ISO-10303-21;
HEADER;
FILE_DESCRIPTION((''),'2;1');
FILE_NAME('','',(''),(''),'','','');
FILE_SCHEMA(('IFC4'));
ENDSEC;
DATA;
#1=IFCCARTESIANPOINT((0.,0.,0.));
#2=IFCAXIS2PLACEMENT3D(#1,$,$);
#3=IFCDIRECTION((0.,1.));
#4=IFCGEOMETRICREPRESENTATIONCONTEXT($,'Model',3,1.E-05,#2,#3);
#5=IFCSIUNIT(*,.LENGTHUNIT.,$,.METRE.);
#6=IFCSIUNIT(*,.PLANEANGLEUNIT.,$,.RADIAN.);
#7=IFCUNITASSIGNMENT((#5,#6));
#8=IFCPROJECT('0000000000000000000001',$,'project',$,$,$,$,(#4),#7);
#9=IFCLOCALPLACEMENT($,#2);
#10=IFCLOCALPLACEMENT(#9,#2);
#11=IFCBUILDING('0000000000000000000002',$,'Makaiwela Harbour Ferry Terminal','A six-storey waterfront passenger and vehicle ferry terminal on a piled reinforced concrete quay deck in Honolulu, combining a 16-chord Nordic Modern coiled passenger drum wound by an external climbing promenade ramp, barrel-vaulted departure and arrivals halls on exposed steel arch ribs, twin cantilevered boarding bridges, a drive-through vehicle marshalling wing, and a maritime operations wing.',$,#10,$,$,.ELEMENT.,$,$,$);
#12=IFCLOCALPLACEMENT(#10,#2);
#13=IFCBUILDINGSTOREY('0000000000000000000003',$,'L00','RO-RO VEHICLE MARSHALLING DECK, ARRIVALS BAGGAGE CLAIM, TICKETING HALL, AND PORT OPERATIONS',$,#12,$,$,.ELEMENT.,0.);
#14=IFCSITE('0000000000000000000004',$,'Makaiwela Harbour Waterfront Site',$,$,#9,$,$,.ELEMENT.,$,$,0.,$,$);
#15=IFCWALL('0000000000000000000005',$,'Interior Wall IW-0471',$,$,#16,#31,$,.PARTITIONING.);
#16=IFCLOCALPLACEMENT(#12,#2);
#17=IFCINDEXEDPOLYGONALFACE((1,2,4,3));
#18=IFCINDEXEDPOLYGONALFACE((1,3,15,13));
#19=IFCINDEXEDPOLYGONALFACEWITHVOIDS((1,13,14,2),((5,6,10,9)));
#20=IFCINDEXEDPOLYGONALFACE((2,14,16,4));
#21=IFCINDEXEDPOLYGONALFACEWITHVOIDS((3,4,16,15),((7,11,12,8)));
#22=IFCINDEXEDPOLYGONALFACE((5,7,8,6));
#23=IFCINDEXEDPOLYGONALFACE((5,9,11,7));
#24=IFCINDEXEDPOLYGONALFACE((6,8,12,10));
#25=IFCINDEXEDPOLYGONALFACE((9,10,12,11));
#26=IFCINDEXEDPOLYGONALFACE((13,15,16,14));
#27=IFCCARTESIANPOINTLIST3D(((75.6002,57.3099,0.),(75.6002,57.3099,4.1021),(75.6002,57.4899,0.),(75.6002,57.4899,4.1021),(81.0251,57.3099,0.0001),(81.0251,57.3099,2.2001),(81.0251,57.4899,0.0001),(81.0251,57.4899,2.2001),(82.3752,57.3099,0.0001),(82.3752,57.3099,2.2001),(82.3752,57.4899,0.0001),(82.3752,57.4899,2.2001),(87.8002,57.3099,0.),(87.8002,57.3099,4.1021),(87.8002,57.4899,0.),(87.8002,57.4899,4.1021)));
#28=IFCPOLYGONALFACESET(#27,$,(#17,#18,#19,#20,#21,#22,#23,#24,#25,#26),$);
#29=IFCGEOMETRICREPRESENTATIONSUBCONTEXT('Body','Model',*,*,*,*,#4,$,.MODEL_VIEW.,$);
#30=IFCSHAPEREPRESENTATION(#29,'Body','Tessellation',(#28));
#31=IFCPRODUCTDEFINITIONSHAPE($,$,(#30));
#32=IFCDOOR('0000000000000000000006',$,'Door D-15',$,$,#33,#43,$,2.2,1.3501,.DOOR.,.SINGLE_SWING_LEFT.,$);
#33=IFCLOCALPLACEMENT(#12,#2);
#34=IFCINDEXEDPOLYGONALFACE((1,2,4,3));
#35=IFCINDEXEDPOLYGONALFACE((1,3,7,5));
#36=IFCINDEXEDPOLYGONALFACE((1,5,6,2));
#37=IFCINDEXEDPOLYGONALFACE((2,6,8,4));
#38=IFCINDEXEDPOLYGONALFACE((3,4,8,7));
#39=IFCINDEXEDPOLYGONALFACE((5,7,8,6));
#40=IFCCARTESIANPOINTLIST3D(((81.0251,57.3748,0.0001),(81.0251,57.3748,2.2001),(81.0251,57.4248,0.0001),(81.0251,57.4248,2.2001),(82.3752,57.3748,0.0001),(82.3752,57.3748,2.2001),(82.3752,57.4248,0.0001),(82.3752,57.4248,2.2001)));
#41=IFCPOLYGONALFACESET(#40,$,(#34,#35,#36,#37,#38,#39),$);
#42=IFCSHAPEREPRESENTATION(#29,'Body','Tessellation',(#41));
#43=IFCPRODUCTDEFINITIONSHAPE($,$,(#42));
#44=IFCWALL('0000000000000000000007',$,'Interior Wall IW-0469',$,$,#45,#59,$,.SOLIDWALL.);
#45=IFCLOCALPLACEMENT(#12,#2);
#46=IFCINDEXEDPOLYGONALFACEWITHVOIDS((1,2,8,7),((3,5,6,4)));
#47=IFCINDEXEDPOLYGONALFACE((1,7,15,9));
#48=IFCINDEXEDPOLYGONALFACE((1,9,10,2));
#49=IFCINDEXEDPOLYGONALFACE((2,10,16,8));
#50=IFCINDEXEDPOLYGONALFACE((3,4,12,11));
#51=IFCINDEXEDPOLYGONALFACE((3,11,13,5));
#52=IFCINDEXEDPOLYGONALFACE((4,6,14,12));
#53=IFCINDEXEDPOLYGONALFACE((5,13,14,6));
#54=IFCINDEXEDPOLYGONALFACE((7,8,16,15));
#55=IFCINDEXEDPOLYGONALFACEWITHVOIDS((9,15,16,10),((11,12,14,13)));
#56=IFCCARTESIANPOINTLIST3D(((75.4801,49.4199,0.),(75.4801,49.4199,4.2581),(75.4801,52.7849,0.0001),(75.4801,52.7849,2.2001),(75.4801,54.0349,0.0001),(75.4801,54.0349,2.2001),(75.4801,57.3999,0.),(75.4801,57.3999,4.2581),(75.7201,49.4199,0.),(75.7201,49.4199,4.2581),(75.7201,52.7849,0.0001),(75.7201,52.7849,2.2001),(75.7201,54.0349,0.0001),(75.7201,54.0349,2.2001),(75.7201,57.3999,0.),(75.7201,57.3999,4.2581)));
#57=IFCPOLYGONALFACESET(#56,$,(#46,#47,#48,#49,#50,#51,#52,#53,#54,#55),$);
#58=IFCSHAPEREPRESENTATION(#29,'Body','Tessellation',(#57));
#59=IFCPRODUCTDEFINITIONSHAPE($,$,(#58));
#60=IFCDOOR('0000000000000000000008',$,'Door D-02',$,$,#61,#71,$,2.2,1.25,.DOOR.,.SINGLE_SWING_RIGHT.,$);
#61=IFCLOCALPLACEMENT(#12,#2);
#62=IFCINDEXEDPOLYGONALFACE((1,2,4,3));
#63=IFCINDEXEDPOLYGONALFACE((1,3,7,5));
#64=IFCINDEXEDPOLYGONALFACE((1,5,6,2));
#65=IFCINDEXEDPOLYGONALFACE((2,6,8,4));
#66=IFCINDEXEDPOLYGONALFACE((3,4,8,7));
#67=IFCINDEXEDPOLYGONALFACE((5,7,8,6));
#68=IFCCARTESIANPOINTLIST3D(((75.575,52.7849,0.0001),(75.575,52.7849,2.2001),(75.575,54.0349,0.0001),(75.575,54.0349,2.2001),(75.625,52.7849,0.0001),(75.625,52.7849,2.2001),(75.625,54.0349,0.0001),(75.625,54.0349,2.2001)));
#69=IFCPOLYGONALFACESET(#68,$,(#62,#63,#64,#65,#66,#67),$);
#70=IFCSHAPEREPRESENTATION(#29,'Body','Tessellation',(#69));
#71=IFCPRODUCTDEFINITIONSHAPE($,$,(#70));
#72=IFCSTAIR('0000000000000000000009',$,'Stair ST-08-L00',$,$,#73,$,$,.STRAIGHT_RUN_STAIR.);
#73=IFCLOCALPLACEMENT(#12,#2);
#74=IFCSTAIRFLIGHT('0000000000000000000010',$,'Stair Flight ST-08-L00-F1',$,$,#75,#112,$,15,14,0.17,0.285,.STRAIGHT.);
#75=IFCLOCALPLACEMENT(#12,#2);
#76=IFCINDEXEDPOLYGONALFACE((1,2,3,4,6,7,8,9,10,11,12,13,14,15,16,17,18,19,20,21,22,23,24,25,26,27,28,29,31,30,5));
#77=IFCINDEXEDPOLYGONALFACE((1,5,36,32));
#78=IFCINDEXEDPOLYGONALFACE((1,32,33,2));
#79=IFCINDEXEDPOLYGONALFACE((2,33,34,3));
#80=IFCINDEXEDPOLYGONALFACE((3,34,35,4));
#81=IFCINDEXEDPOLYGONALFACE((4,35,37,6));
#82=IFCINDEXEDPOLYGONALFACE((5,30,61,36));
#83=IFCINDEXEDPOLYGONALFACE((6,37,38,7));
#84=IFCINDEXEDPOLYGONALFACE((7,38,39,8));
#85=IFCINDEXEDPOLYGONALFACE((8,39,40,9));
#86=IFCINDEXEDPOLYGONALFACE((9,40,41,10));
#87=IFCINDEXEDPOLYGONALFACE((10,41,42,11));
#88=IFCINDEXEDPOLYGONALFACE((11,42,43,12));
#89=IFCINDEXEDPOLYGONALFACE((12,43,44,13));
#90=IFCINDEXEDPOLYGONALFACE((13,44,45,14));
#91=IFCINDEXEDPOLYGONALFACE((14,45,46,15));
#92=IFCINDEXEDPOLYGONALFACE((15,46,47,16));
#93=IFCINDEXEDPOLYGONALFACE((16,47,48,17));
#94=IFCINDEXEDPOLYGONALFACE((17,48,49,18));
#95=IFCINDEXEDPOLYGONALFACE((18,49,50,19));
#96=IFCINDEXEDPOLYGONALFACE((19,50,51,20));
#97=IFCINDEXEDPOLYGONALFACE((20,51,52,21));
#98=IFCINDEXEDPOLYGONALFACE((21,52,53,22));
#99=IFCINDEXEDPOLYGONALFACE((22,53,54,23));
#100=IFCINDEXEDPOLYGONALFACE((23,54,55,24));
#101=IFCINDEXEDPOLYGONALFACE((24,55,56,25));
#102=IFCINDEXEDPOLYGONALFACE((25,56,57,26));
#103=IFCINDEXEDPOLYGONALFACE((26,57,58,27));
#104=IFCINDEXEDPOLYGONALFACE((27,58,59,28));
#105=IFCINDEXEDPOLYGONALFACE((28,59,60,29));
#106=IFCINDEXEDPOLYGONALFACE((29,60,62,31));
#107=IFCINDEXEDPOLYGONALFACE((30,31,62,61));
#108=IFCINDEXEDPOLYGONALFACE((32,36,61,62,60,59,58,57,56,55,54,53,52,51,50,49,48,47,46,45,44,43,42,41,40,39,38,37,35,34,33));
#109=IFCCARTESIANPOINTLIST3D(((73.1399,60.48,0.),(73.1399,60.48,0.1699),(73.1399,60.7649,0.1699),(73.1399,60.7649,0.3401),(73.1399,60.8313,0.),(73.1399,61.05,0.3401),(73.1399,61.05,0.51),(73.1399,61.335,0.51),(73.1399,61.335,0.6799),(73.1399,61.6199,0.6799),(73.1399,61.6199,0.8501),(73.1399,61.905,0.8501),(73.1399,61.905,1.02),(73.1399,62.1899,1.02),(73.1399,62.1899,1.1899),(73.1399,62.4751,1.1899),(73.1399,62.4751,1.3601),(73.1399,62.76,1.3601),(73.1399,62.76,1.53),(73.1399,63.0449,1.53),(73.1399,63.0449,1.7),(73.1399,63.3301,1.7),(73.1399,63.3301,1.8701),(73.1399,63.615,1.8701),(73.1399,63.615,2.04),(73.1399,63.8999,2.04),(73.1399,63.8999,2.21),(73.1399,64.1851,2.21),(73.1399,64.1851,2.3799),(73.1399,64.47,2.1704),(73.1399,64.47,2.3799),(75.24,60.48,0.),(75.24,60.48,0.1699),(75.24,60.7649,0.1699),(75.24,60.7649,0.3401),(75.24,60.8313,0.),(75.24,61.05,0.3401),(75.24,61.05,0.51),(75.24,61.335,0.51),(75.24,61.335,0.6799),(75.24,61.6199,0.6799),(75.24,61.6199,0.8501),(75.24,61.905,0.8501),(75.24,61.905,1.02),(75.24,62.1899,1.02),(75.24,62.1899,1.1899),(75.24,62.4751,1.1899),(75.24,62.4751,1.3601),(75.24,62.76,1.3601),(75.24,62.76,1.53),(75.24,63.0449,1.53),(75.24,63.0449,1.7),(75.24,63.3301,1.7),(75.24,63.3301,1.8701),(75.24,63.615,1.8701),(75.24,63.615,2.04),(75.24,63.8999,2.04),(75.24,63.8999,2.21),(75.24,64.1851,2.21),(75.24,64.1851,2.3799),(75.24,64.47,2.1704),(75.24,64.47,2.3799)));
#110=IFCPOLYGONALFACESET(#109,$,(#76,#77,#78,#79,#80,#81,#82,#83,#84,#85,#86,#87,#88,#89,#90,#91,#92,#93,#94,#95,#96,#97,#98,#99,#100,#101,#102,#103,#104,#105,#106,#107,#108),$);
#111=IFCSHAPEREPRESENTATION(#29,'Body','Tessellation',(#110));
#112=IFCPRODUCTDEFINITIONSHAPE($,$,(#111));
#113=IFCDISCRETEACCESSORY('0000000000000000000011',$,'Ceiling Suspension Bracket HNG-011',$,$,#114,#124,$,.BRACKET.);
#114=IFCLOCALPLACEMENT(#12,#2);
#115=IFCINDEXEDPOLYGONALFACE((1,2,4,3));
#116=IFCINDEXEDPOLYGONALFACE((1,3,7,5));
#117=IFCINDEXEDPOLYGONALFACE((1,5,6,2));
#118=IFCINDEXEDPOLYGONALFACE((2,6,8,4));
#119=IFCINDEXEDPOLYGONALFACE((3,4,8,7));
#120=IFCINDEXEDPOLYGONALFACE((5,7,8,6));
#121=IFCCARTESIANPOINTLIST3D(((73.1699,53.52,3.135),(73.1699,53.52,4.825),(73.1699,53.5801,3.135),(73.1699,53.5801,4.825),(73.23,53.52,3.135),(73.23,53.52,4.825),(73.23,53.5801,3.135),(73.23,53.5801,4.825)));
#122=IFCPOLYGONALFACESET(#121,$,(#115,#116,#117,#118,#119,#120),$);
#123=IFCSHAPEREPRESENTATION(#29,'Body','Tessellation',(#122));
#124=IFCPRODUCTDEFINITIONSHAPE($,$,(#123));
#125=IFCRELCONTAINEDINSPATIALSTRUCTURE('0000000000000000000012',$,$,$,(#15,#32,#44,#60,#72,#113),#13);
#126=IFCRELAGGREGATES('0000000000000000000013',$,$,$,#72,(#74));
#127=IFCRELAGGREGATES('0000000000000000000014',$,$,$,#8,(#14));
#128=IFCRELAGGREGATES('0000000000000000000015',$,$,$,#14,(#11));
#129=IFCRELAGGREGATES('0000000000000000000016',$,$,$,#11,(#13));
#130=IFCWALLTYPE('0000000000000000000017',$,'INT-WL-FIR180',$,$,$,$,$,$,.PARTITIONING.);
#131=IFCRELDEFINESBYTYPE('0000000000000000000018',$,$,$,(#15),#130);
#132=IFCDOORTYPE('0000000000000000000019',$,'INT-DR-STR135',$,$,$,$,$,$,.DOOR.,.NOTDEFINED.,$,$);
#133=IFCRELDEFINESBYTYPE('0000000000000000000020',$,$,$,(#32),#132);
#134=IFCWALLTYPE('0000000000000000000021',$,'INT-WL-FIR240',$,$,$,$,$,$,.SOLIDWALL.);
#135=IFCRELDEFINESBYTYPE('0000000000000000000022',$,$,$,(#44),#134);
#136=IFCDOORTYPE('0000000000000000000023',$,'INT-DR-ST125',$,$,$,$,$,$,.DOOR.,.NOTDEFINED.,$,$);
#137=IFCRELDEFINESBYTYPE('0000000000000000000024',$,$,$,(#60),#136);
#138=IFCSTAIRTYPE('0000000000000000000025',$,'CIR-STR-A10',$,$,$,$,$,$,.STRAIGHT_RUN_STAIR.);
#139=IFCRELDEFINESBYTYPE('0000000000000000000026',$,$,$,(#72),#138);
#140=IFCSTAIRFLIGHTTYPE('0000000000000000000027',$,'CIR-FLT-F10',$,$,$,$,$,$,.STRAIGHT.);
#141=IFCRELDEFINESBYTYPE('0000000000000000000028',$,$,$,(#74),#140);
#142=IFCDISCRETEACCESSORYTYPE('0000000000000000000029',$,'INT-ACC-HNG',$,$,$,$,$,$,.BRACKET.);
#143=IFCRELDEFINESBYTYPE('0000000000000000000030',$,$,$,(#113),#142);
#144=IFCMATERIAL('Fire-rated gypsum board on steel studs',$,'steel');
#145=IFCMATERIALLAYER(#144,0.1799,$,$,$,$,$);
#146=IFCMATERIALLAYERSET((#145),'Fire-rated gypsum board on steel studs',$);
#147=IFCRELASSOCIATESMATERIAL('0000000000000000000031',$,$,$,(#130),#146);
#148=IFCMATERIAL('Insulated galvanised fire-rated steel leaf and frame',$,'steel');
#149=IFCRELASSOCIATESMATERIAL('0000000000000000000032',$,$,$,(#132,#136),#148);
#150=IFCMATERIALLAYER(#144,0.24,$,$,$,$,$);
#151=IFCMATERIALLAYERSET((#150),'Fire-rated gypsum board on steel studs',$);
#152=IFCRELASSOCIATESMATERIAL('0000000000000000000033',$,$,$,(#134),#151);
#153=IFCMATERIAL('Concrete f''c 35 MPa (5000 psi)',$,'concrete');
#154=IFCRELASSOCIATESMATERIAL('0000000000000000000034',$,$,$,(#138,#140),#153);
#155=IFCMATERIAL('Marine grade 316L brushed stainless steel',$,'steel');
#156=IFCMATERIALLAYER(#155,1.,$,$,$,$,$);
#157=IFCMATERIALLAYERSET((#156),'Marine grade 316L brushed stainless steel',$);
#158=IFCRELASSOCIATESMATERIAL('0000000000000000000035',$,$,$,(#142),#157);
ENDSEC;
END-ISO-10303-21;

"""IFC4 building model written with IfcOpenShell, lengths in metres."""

from ifc_helpers import new_model, si_unit, direction, frame, frame_2d, origin, origin_2d, place, context, subcontext, project, spatial, polyline, rectangle, outline, extrude, material, layer, layer_set, type_object, element, fill, aggregate, save


model = new_model("IFC4")

# Units and contexts
model_context = context("Model", 3, precision=1e-05, world=origin(), true_north=direction((0.0, 1.0)))
body_context = subcontext(model_context, "Body", "Model", "MODEL_VIEW")
ifc_project = project(units=[si_unit("LENGTHUNIT", "METRE"), si_unit("PLANEANGLEUNIT", "RADIAN")], contexts=[model_context])

# Site, building, storey
site_placement = place(None, origin())
site = spatial("IfcSite", under=ifc_project, at=site_placement, Name="Makaiwela Harbour Waterfront Site", CompositionType="ELEMENT", RefElevation=0.0)
building_placement = place(site_placement, origin())
building = spatial("IfcBuilding", under=site, at=building_placement, Name="Makaiwela Harbour Ferry Terminal", Description="A six-storey waterfront passenger and vehicle ferry terminal on a piled reinforced concrete quay deck in Honolulu, combining a 16-chord Nordic Modern coiled passenger drum wound by an external climbing promenade ramp, barrel-vaulted departure and arrivals halls on exposed steel arch ribs, twin cantilevered boarding bridges, a drive-through vehicle marshalling wing, and a maritime operations wing.", CompositionType="ELEMENT")
storey_placement = place(building_placement, origin())
storey = spatial("IfcBuildingStorey", under=building, at=storey_placement, Name="L00", Description="RO-RO VEHICLE MARSHALLING DECK, ARRIVALS BAGGAGE CLAIM, TICKETING HALL, AND PORT OPERATIONS", CompositionType="ELEMENT", Elevation=0.0)

# Walls, openings, doors
ifc_material_1 = material(Name="Fire-rated gypsum board on steel studs", Category="steel")
ifc_layer_1 = layer(ifc_material_1, 0.1799)
ifc_layer_set_1 = layer_set([ifc_layer_1], Name="Fire-rated gypsum board on steel studs")
wall_type_1 = type_object("IfcWallType", Name="INT-WL-FIR180", PredefinedType="PARTITIONING", material=ifc_layer_set_1)
wall_1_placement = place(storey_placement, frame((75.6001, 57.3999, 0.0), z_axis=(0.0, 0.0, 1.0), x_axis=(1.0, 0.0, 0.0)))
wall_1 = element("IfcWall", 1, at=wall_1_placement, inside=storey, type_object=wall_type_1, Name="Interior Wall IW-0471", PredefinedType="PARTITIONING", context=body_context, shape_type="SweptSolid", body=[
    extrude(rectangle(XDim=12.2, YDim=0.1799, at=frame_2d((6.1001, 0.0))), origin(), (0.0, 0.0, 1.0), 4.1021),
])
opening_1_placement = place(wall_1_placement, frame((5.425, 0.0, 0.0)))
opening_1 = element("IfcOpeningElement", 2, at=opening_1_placement, cuts=wall_1, PredefinedType="OPENING", context=body_context, shape_type="SweptSolid", body=[
    extrude(rectangle(XDim=1.3501, YDim=2.2, at=frame_2d((0.675, 1.1001))), frame((0.0, 0.0999, 0.0), z_axis=(0.0, -1.0, 0.0), x_axis=(1.0, 0.0, 0.0)), (0.0, 0.0, 1.0), 0.2),
])
ifc_material_2 = material(Name="Insulated galvanised fire-rated steel leaf and frame", Category="steel")
door_type_1 = type_object("IfcDoorType", Name="INT-DR-STR135", OperationType="NOTDEFINED", PredefinedType="DOOR", material=ifc_material_2)
door_1_placement = place(opening_1_placement, origin())
door_1 = element("IfcDoor", 3, at=door_1_placement, inside=storey, type_object=door_type_1, Name="Door D-15", OperationType="SINGLE_SWING_LEFT", OverallHeight=2.2, OverallWidth=1.3501, PredefinedType="DOOR", context=body_context, shape_type="SweptSolid", body=[
    extrude(rectangle(XDim=1.3501, YDim=2.2, at=frame_2d((0.675, 1.1001))), frame((0.0, 0.0249, 0.0), z_axis=(0.0, -1.0, 0.0), x_axis=(1.0, 0.0, 0.0)), (0.0, 0.0, 1.0), 0.05),
])
fill(opening_1, door_1)
ifc_layer_2 = layer(ifc_material_1, 0.24)
ifc_layer_set_2 = layer_set([ifc_layer_2], Name="Fire-rated gypsum board on steel studs")
wall_type_2 = type_object("IfcWallType", Name="INT-WL-FIR240", PredefinedType="SOLIDWALL", material=ifc_layer_set_2)
wall_2_placement = place(storey_placement, frame((75.6001, 49.4199, 0.0), z_axis=(0.0, 0.0, 1.0), x_axis=(0.0, 1.0, 0.0)))
wall_2 = element("IfcWall", 4, at=wall_2_placement, inside=storey, type_object=wall_type_2, Name="Interior Wall IW-0469", PredefinedType="SOLIDWALL", context=body_context, shape_type="SweptSolid", body=[
    extrude(rectangle(XDim=7.98, YDim=0.24, at=frame_2d((3.99, 0.0))), origin(), (0.0, 0.0, 1.0), 4.2581),
])
opening_2_placement = place(wall_2_placement, frame((3.365, 0.0, 0.0)))
opening_2 = element("IfcOpeningElement", 5, at=opening_2_placement, cuts=wall_2, PredefinedType="OPENING", context=body_context, shape_type="SweptSolid", body=[
    extrude(rectangle(XDim=1.25, YDim=2.2, at=frame_2d((0.625, 1.1001))), frame((0.0, 0.1299, 0.0), z_axis=(0.0, -1.0, 0.0), x_axis=(1.0, 0.0, 0.0)), (0.0, 0.0, 1.0), 0.26),
])
door_type_2 = type_object("IfcDoorType", Name="INT-DR-ST125", OperationType="NOTDEFINED", PredefinedType="DOOR", material=ifc_material_2)
door_2_placement = place(opening_2_placement, frame((1.25, 0.0, 0.0), z_axis=(0.0, 0.0, 1.0), x_axis=(-1.0, 0.0, 0.0)))
door_2 = element("IfcDoor", 6, at=door_2_placement, inside=storey, type_object=door_type_2, Name="Door D-02", OperationType="SINGLE_SWING_RIGHT", OverallHeight=2.2, OverallWidth=1.25, PredefinedType="DOOR", context=body_context, shape_type="SweptSolid", body=[
    extrude(rectangle(XDim=1.25, YDim=2.2, at=frame_2d((0.625, 1.1001))), frame((0.0, 0.0249, 0.0), z_axis=(0.0, -1.0, 0.0), x_axis=(1.0, 0.0, 0.0)), (0.0, 0.0, 1.0), 0.05),
])
fill(opening_2, door_2)

# Stair, stair flight
ifc_material_3 = material(Name="Concrete f'c 35 MPa (5000 psi)", Category="concrete")
stair_type = type_object("IfcStairType", Name="CIR-STR-A10", PredefinedType="STRAIGHT_RUN_STAIR", material=ifc_material_3)
stair_placement = place(storey_placement, origin())
stair = element("IfcStair", 7, at=stair_placement, inside=storey, type_object=stair_type, Name="Stair ST-08-L00", PredefinedType="STRAIGHT_RUN_STAIR")
stair_flight_type = type_object("IfcStairFlightType", Name="CIR-FLT-F10", PredefinedType="STRAIGHT", material=ifc_material_3)
stair_flight_placement = place(storey_placement, frame((74.1899, 60.48, 0.0), z_axis=(0.0, 0.0, 1.0), x_axis=(0.0, 1.0, 0.0)))
stair_flight = element("IfcStairFlight", 8, at=stair_flight_placement, type_object=stair_flight_type, Name="Stair Flight ST-08-L00-F1", NumberOfRisers=15, NumberOfTreads=14, PredefinedType="STRAIGHT", RiserHeight=0.17, TreadLength=0.285, context=body_context, shape_type="SweptSolid", body=[
    extrude(outline(polyline([(0.0, 0.0), (0.0, 0.1699), (0.2849, 0.1699), (0.2849, 0.3401), (0.5701, 0.3401), (0.5701, 0.51), (0.855, 0.51), (0.855, 0.6799), (1.1399, 0.6799), (1.1399, 0.8501), (1.425, 0.8501), (1.425, 1.02), (1.71, 1.02), (1.71, 1.1899), (1.9951, 1.1899), (1.9951, 1.3601), (2.28, 1.3601), (2.28, 1.53), (2.5649, 1.53), (2.5649, 1.7), (2.8501, 1.7), (2.8501, 1.8701), (3.135, 1.8701), (3.135, 2.04), (3.4199, 2.04), (3.4199, 2.21), (3.7051, 2.21), (3.7051, 2.3799), (3.99, 2.3799), (3.99, 2.55), (3.99, 2.1704), (0.3513, 0.0), (0.0, 0.0)])), frame((0.0, 1.05, 0.0), z_axis=(0.0, -1.0, 0.0), x_axis=(1.0, 0.0, 0.0)), (0.0, 0.0, 1.0), 2.1001),
])
aggregate(stair, [stair_flight])

# Shared definitions
ifc_material_4 = material(Name="Marine grade 316L brushed stainless steel", Category="steel")

# Discrete accessory
ifc_layer_3 = layer(ifc_material_4, 1.0)
ifc_layer_set_3 = layer_set([ifc_layer_3], Name="Marine grade 316L brushed stainless steel")
discrete_accessory_type = type_object("IfcDiscreteAccessoryType", Name="INT-ACC-HNG", PredefinedType="BRACKET", material=ifc_layer_set_3)
discrete_accessory_placement = place(storey_placement, frame((73.2, 53.55, 3.135), z_axis=(0.0, 0.0, 1.0), x_axis=(1.0, 0.0, 0.0)))
element("IfcDiscreteAccessory", 9, at=discrete_accessory_placement, inside=storey, type_object=discrete_accessory_type, Name="Ceiling Suspension Bracket HNG-011", PredefinedType="BRACKET", context=body_context, shape_type="SweptSolid", body=[
    extrude(rectangle(XDim=0.0601, YDim=0.0601, at=origin_2d()), origin(), (0.0, 0.0, 1.0), 1.6899),
])

save(model, "model.ifc")
